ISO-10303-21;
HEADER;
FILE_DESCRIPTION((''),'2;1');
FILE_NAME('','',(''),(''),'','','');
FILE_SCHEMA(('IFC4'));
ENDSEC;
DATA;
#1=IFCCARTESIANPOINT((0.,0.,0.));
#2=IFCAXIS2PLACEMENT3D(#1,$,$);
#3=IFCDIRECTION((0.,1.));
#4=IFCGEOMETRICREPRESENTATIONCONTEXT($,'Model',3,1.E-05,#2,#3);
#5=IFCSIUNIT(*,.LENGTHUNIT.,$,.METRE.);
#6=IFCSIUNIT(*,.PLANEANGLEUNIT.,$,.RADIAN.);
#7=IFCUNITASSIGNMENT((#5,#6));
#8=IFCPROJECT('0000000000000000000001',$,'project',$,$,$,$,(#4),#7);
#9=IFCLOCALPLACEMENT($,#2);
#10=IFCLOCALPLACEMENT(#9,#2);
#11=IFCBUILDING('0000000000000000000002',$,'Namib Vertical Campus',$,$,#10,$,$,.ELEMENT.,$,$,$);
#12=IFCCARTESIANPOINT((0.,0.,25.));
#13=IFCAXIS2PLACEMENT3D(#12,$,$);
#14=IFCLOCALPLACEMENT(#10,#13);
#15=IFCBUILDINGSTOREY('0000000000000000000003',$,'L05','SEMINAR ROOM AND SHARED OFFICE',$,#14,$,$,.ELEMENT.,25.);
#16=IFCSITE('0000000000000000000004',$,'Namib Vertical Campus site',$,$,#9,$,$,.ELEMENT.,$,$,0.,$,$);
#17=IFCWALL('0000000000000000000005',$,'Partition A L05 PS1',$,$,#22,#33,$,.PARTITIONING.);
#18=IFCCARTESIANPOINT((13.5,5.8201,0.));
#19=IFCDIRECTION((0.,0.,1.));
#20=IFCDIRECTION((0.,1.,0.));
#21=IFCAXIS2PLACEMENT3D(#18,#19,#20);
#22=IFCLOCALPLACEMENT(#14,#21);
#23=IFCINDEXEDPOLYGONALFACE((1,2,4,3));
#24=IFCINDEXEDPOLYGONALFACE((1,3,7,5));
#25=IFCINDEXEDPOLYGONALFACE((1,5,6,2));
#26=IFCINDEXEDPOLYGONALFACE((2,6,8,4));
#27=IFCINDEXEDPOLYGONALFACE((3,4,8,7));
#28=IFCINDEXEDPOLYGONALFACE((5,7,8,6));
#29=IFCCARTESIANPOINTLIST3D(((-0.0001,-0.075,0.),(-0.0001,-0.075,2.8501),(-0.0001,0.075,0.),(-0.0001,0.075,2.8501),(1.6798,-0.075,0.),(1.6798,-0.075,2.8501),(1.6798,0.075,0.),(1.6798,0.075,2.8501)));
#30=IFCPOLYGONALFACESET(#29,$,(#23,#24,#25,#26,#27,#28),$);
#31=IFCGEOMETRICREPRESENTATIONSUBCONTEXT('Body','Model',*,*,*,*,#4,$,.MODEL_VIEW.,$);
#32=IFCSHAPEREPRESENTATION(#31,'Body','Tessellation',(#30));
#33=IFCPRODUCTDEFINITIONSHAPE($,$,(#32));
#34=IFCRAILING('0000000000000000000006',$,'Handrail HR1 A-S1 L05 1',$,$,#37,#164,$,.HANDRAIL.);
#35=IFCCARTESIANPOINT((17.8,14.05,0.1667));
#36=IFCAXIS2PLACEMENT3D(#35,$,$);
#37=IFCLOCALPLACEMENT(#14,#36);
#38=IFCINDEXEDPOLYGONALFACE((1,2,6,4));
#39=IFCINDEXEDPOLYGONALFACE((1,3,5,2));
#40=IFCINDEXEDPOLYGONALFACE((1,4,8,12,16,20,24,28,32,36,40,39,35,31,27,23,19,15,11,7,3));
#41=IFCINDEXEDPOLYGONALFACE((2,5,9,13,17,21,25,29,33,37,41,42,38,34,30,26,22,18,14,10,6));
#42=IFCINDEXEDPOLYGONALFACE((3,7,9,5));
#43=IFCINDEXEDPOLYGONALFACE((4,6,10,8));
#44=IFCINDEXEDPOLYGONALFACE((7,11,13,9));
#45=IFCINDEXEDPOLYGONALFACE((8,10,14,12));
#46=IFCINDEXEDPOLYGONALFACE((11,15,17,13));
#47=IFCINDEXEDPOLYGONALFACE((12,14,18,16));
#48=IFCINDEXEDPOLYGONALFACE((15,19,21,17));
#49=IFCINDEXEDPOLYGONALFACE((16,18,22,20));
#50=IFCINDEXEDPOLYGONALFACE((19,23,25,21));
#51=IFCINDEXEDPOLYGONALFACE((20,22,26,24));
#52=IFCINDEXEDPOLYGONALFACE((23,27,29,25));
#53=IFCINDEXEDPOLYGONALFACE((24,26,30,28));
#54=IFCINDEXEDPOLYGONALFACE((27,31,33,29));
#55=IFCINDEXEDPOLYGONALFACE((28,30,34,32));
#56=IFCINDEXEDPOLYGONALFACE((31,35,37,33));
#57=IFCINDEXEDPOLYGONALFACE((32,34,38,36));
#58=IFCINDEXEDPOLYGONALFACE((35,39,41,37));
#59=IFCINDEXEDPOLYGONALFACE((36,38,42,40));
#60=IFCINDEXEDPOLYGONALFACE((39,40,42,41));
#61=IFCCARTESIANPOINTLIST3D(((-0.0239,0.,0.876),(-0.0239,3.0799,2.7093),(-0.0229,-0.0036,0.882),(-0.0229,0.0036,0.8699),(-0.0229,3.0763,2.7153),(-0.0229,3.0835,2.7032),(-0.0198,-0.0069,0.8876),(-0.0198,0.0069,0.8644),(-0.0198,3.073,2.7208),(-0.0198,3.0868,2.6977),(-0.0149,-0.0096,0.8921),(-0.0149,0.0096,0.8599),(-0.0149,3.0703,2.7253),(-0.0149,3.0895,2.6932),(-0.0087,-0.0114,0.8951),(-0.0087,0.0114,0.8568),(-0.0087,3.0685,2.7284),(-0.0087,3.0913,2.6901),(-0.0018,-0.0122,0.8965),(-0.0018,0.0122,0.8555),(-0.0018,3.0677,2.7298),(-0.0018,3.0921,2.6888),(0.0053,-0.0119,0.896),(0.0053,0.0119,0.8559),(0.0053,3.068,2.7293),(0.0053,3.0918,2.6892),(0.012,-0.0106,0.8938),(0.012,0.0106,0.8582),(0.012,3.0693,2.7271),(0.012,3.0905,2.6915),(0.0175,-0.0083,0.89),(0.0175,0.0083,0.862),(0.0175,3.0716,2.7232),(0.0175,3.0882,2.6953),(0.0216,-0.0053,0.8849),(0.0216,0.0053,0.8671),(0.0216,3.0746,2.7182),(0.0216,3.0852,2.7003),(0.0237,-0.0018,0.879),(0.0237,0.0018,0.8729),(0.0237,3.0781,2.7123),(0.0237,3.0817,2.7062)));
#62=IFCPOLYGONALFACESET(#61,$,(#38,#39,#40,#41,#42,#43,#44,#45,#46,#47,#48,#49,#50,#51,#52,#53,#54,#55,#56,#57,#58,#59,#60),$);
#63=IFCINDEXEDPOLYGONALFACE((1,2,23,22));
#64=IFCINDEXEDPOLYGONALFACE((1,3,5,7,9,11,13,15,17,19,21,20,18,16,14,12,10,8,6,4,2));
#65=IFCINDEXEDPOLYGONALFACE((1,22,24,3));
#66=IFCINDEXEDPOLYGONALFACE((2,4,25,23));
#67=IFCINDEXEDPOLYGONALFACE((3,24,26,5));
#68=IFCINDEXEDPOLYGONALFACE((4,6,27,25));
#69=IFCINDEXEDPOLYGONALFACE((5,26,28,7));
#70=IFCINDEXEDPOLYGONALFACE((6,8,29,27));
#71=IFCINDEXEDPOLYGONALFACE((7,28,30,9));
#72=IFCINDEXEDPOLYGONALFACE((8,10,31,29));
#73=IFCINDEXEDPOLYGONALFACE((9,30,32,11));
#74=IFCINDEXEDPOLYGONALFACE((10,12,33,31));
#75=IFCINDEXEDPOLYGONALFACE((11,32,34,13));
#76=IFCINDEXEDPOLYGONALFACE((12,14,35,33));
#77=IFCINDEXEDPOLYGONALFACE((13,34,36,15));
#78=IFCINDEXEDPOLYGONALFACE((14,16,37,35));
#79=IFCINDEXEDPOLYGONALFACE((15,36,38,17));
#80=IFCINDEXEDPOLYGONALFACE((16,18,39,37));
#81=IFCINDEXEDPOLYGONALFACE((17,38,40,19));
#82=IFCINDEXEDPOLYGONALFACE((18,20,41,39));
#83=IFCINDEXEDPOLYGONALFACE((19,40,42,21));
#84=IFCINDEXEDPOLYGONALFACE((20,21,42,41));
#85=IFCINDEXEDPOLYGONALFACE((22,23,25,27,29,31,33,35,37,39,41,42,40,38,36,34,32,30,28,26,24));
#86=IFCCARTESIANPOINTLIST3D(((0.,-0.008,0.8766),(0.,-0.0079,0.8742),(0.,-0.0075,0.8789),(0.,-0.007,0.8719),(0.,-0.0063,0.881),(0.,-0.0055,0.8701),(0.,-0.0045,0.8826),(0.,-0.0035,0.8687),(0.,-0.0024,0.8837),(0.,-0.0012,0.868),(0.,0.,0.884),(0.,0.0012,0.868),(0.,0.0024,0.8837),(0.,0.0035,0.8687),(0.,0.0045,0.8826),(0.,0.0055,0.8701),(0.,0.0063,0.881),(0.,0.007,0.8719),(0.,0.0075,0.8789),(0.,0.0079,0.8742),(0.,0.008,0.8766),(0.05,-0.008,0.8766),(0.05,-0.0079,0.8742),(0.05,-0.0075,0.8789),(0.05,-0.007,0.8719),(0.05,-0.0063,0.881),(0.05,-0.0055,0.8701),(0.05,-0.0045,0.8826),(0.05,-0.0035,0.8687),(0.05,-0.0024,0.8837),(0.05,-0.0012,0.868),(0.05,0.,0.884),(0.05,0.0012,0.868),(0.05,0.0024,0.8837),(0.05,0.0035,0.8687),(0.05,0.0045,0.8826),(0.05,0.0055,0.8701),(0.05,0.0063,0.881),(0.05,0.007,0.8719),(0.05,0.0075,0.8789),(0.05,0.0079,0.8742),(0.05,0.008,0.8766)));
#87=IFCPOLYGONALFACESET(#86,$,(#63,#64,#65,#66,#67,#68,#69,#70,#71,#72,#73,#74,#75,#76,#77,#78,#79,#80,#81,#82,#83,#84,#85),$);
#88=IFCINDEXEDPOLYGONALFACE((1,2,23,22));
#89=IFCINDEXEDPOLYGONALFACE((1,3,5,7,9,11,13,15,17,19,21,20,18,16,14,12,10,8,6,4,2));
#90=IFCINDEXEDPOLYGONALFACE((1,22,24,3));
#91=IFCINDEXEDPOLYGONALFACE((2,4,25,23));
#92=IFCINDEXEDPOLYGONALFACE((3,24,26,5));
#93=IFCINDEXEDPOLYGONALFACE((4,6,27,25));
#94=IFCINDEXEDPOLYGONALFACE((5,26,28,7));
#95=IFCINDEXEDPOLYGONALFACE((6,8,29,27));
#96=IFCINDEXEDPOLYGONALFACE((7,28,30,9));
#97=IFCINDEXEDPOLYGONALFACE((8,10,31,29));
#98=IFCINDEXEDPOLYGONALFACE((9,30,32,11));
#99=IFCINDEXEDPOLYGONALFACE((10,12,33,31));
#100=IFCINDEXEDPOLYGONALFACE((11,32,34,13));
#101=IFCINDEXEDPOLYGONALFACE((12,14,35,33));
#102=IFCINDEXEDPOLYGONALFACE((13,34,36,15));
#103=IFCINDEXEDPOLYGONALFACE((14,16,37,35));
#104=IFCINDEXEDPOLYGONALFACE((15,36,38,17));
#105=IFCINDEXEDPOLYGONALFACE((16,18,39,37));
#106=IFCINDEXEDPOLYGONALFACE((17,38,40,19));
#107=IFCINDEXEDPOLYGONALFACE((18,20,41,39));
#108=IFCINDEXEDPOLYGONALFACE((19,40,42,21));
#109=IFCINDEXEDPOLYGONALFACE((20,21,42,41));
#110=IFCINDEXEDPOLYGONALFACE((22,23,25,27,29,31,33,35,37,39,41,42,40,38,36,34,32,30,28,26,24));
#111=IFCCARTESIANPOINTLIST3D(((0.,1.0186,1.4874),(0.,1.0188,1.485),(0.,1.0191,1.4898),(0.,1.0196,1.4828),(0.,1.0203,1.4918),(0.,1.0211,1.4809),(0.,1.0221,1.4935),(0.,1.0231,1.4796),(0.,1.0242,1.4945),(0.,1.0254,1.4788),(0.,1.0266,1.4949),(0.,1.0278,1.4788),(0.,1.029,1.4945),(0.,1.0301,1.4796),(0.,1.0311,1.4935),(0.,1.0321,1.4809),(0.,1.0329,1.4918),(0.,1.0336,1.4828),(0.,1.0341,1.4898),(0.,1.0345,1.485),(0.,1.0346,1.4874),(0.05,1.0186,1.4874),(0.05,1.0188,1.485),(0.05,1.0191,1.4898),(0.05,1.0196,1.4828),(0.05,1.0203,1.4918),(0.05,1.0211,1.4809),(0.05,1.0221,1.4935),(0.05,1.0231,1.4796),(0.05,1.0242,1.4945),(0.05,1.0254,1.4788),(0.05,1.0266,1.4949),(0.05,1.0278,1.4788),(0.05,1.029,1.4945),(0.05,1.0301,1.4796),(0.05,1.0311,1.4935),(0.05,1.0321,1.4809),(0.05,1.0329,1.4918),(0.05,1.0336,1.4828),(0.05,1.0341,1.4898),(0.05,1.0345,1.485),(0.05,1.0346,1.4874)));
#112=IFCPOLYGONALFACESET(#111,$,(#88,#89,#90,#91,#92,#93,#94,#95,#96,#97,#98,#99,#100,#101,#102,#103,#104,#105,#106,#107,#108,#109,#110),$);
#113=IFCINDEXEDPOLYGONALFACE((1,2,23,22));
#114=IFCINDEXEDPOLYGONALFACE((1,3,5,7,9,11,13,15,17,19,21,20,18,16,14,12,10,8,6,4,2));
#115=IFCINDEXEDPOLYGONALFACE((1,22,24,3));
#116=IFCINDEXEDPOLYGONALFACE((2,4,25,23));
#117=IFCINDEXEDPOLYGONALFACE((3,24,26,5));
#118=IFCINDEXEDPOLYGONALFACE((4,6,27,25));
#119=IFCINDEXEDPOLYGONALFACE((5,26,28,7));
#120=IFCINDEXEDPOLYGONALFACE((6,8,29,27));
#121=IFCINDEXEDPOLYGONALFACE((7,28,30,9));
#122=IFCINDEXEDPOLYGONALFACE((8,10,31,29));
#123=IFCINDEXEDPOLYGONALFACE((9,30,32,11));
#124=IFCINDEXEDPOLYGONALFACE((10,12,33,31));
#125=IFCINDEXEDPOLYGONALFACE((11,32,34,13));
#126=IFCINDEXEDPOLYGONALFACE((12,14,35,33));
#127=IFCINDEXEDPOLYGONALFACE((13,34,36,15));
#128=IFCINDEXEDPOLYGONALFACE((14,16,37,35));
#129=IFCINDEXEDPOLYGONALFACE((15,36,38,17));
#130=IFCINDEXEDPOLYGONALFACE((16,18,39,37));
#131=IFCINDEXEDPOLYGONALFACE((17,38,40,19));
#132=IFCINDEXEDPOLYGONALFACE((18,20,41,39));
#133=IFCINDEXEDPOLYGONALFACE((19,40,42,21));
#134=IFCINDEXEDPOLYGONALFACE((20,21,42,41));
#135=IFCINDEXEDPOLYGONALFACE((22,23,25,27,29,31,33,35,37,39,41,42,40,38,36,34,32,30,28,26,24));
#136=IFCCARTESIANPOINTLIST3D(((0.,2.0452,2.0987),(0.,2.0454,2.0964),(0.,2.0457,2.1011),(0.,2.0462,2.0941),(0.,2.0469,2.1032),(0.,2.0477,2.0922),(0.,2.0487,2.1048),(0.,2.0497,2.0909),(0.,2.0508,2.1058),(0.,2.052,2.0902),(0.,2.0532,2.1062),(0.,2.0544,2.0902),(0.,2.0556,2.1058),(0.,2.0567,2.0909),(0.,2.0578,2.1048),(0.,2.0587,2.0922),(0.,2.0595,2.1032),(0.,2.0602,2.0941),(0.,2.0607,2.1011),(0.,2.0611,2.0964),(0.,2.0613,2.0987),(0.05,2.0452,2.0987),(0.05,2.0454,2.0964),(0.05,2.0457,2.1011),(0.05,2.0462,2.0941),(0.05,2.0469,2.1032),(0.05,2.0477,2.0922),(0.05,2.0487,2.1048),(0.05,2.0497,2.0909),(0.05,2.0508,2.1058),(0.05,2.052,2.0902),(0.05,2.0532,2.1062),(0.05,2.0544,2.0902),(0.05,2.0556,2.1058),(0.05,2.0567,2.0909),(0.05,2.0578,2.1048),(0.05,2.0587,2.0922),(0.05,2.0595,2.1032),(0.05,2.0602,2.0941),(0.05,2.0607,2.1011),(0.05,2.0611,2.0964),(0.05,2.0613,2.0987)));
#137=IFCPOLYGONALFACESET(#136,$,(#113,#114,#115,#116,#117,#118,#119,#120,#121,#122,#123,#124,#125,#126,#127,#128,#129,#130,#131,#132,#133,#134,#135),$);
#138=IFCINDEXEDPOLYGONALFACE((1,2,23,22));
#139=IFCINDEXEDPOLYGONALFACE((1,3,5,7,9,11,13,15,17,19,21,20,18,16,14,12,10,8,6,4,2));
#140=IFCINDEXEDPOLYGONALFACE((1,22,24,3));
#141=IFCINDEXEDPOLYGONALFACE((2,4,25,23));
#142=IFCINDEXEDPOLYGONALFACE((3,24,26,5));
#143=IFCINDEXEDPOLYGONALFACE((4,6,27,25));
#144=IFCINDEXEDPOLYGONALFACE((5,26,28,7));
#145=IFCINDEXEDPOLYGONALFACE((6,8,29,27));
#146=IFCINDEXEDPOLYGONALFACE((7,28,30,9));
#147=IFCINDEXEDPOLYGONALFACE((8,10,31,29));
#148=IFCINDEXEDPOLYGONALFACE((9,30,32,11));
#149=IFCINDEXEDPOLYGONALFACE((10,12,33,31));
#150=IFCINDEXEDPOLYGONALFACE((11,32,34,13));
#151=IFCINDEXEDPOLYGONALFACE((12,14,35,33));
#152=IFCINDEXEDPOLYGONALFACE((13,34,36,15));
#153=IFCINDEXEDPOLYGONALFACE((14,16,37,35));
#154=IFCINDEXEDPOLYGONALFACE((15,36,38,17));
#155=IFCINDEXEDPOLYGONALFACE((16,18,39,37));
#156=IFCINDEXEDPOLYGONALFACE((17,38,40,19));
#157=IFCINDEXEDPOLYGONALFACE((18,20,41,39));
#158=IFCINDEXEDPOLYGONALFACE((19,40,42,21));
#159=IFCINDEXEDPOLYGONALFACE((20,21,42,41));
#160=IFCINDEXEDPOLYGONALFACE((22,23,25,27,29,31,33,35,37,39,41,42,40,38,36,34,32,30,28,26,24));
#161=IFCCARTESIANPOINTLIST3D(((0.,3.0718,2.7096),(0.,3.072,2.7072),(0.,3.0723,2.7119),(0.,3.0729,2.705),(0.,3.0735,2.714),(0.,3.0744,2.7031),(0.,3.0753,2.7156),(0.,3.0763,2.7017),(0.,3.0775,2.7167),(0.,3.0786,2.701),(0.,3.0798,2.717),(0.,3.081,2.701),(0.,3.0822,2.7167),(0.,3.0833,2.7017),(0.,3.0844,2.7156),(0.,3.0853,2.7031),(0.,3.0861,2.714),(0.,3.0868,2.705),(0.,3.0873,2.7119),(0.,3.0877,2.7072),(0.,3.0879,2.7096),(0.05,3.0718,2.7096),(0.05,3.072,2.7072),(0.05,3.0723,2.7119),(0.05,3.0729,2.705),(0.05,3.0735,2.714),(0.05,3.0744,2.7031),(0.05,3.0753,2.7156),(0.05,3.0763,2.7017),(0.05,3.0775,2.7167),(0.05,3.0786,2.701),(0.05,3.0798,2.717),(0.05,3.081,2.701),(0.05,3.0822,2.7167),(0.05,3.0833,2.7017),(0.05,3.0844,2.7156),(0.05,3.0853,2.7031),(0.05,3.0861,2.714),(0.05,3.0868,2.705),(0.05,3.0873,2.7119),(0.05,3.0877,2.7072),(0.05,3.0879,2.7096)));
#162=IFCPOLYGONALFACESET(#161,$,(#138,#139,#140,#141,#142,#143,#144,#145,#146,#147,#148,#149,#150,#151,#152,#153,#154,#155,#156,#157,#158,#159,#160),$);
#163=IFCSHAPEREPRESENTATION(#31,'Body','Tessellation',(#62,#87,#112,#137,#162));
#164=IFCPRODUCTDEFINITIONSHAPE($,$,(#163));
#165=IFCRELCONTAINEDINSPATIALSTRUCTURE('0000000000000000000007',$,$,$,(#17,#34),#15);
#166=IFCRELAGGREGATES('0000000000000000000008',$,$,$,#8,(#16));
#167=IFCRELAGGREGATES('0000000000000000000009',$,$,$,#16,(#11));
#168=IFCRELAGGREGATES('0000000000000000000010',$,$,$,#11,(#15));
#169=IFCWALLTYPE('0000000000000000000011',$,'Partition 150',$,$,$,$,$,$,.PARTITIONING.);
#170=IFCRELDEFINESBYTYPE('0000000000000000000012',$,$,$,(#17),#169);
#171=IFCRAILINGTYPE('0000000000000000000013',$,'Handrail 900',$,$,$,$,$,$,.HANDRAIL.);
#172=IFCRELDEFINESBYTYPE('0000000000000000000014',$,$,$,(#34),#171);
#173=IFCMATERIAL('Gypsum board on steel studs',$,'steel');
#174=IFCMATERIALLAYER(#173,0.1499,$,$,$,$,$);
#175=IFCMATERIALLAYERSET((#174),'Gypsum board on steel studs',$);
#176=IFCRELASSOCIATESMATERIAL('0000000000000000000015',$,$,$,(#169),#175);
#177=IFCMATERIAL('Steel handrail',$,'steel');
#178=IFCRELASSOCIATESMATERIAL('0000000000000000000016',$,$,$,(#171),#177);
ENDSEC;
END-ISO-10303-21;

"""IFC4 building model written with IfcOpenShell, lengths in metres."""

from ifc_helpers import new_model, si_unit, direction, frame, frame_2d, origin, origin_2d, place, context, subcontext, project, spatial, rectangle, circle, extrude, material, layer, layer_set, type_object, element, save


model = new_model("IFC4")

# Units and contexts
model_context = context("Model", 3, precision=1e-05, world=origin(), true_north=direction((0.0, 1.0)))
body_context = subcontext(model_context, "Body", "Model", "MODEL_VIEW")
ifc_project = project(units=[si_unit("LENGTHUNIT", "METRE"), si_unit("PLANEANGLEUNIT", "RADIAN")], contexts=[model_context])

# Site, building, storey
site_placement = place(None, origin())
site = spatial("IfcSite", under=ifc_project, at=site_placement, Name="Namib Vertical Campus site", CompositionType="ELEMENT", RefElevation=0.0)
building_placement = place(site_placement, origin())
building = spatial("IfcBuilding", under=site, at=building_placement, Name="Namib Vertical Campus", CompositionType="ELEMENT")
storey_placement = place(building_placement, frame((0.0, 0.0, 25.0)))
storey = spatial("IfcBuildingStorey", under=building, at=storey_placement, Name="L05", Description="SEMINAR ROOM AND SHARED OFFICE", CompositionType="ELEMENT", Elevation=25.0)

# Wall
ifc_material_1 = material(Name="Gypsum board on steel studs", Category="steel")
ifc_layer_1 = layer(ifc_material_1, 0.1499)
ifc_layer_set_1 = layer_set([ifc_layer_1], Name="Gypsum board on steel studs")
wall_type_1 = type_object("IfcWallType", Name="Partition 150", PredefinedType="PARTITIONING", material=ifc_layer_set_1)
wall_1_placement = place(storey_placement, frame((13.5, 5.8201, 0.0), z_axis=(0.0, 0.0, 1.0), x_axis=(0.0, 1.0, 0.0)))
element("IfcWall", 1, at=wall_1_placement, inside=storey, type_object=wall_type_1, Name="Partition A L05 PS1", PredefinedType="PARTITIONING", context=body_context, shape_type="SweptSolid", body=[
    extrude(rectangle(XDim=1.6799, YDim=0.1499, at=frame_2d((0.8398, 0.0))), origin(), (0.0, 0.0, 1.0), 2.8501),
])

# Railing
ifc_material_2 = material(Name="Steel handrail", Category="steel")
railing_type_1 = type_object("IfcRailingType", Name="Handrail 900", PredefinedType="HANDRAIL", material=ifc_material_2)
railing_1_placement = place(storey_placement, frame((17.8, 14.05, 0.1667)))
element("IfcRailing", 2, at=railing_1_placement, inside=storey, type_object=railing_type_1, Name="Handrail HR1 A-S1 L05 1", PredefinedType="HANDRAIL", context=body_context, shape_type="SweptSolid", body=[
    extrude(circle(Radius=0.0239, at=origin_2d()), frame((0.0, 0.0, 0.876), z_axis=(0.0, 0.859291, 0.511487), x_axis=(-1.0, 0.0, 0.0)), (0.0, 0.0, 1.0), 3.5842),
    extrude(circle(Radius=0.0081, at=origin_2d()), frame((0.0, 0.0, 0.876), z_axis=(1.0, 0.0, 0.0), x_axis=(0.0, 0.0, 1.0)), (0.0, 0.0, 1.0), 0.05),
    extrude(circle(Radius=0.0081, at=origin_2d()), frame((0.0, 1.0266, 1.4868), z_axis=(1.0, 0.0, 0.0), x_axis=(0.0, 0.0, 1.0)), (0.0, 0.0, 1.0), 0.05),
    extrude(circle(Radius=0.0081, at=origin_2d()), frame((0.0, 2.0532, 2.0981), z_axis=(1.0, 0.0, 0.0), x_axis=(0.0, 0.0, 1.0)), (0.0, 0.0, 1.0), 0.05),
    extrude(circle(Radius=0.0081, at=origin_2d()), frame((0.0, 3.0798, 2.709), z_axis=(1.0, 0.0, 0.0), x_axis=(0.0, 0.0, 1.0)), (0.0, 0.0, 1.0), 0.05),
])

save(model, "model.ifc")
